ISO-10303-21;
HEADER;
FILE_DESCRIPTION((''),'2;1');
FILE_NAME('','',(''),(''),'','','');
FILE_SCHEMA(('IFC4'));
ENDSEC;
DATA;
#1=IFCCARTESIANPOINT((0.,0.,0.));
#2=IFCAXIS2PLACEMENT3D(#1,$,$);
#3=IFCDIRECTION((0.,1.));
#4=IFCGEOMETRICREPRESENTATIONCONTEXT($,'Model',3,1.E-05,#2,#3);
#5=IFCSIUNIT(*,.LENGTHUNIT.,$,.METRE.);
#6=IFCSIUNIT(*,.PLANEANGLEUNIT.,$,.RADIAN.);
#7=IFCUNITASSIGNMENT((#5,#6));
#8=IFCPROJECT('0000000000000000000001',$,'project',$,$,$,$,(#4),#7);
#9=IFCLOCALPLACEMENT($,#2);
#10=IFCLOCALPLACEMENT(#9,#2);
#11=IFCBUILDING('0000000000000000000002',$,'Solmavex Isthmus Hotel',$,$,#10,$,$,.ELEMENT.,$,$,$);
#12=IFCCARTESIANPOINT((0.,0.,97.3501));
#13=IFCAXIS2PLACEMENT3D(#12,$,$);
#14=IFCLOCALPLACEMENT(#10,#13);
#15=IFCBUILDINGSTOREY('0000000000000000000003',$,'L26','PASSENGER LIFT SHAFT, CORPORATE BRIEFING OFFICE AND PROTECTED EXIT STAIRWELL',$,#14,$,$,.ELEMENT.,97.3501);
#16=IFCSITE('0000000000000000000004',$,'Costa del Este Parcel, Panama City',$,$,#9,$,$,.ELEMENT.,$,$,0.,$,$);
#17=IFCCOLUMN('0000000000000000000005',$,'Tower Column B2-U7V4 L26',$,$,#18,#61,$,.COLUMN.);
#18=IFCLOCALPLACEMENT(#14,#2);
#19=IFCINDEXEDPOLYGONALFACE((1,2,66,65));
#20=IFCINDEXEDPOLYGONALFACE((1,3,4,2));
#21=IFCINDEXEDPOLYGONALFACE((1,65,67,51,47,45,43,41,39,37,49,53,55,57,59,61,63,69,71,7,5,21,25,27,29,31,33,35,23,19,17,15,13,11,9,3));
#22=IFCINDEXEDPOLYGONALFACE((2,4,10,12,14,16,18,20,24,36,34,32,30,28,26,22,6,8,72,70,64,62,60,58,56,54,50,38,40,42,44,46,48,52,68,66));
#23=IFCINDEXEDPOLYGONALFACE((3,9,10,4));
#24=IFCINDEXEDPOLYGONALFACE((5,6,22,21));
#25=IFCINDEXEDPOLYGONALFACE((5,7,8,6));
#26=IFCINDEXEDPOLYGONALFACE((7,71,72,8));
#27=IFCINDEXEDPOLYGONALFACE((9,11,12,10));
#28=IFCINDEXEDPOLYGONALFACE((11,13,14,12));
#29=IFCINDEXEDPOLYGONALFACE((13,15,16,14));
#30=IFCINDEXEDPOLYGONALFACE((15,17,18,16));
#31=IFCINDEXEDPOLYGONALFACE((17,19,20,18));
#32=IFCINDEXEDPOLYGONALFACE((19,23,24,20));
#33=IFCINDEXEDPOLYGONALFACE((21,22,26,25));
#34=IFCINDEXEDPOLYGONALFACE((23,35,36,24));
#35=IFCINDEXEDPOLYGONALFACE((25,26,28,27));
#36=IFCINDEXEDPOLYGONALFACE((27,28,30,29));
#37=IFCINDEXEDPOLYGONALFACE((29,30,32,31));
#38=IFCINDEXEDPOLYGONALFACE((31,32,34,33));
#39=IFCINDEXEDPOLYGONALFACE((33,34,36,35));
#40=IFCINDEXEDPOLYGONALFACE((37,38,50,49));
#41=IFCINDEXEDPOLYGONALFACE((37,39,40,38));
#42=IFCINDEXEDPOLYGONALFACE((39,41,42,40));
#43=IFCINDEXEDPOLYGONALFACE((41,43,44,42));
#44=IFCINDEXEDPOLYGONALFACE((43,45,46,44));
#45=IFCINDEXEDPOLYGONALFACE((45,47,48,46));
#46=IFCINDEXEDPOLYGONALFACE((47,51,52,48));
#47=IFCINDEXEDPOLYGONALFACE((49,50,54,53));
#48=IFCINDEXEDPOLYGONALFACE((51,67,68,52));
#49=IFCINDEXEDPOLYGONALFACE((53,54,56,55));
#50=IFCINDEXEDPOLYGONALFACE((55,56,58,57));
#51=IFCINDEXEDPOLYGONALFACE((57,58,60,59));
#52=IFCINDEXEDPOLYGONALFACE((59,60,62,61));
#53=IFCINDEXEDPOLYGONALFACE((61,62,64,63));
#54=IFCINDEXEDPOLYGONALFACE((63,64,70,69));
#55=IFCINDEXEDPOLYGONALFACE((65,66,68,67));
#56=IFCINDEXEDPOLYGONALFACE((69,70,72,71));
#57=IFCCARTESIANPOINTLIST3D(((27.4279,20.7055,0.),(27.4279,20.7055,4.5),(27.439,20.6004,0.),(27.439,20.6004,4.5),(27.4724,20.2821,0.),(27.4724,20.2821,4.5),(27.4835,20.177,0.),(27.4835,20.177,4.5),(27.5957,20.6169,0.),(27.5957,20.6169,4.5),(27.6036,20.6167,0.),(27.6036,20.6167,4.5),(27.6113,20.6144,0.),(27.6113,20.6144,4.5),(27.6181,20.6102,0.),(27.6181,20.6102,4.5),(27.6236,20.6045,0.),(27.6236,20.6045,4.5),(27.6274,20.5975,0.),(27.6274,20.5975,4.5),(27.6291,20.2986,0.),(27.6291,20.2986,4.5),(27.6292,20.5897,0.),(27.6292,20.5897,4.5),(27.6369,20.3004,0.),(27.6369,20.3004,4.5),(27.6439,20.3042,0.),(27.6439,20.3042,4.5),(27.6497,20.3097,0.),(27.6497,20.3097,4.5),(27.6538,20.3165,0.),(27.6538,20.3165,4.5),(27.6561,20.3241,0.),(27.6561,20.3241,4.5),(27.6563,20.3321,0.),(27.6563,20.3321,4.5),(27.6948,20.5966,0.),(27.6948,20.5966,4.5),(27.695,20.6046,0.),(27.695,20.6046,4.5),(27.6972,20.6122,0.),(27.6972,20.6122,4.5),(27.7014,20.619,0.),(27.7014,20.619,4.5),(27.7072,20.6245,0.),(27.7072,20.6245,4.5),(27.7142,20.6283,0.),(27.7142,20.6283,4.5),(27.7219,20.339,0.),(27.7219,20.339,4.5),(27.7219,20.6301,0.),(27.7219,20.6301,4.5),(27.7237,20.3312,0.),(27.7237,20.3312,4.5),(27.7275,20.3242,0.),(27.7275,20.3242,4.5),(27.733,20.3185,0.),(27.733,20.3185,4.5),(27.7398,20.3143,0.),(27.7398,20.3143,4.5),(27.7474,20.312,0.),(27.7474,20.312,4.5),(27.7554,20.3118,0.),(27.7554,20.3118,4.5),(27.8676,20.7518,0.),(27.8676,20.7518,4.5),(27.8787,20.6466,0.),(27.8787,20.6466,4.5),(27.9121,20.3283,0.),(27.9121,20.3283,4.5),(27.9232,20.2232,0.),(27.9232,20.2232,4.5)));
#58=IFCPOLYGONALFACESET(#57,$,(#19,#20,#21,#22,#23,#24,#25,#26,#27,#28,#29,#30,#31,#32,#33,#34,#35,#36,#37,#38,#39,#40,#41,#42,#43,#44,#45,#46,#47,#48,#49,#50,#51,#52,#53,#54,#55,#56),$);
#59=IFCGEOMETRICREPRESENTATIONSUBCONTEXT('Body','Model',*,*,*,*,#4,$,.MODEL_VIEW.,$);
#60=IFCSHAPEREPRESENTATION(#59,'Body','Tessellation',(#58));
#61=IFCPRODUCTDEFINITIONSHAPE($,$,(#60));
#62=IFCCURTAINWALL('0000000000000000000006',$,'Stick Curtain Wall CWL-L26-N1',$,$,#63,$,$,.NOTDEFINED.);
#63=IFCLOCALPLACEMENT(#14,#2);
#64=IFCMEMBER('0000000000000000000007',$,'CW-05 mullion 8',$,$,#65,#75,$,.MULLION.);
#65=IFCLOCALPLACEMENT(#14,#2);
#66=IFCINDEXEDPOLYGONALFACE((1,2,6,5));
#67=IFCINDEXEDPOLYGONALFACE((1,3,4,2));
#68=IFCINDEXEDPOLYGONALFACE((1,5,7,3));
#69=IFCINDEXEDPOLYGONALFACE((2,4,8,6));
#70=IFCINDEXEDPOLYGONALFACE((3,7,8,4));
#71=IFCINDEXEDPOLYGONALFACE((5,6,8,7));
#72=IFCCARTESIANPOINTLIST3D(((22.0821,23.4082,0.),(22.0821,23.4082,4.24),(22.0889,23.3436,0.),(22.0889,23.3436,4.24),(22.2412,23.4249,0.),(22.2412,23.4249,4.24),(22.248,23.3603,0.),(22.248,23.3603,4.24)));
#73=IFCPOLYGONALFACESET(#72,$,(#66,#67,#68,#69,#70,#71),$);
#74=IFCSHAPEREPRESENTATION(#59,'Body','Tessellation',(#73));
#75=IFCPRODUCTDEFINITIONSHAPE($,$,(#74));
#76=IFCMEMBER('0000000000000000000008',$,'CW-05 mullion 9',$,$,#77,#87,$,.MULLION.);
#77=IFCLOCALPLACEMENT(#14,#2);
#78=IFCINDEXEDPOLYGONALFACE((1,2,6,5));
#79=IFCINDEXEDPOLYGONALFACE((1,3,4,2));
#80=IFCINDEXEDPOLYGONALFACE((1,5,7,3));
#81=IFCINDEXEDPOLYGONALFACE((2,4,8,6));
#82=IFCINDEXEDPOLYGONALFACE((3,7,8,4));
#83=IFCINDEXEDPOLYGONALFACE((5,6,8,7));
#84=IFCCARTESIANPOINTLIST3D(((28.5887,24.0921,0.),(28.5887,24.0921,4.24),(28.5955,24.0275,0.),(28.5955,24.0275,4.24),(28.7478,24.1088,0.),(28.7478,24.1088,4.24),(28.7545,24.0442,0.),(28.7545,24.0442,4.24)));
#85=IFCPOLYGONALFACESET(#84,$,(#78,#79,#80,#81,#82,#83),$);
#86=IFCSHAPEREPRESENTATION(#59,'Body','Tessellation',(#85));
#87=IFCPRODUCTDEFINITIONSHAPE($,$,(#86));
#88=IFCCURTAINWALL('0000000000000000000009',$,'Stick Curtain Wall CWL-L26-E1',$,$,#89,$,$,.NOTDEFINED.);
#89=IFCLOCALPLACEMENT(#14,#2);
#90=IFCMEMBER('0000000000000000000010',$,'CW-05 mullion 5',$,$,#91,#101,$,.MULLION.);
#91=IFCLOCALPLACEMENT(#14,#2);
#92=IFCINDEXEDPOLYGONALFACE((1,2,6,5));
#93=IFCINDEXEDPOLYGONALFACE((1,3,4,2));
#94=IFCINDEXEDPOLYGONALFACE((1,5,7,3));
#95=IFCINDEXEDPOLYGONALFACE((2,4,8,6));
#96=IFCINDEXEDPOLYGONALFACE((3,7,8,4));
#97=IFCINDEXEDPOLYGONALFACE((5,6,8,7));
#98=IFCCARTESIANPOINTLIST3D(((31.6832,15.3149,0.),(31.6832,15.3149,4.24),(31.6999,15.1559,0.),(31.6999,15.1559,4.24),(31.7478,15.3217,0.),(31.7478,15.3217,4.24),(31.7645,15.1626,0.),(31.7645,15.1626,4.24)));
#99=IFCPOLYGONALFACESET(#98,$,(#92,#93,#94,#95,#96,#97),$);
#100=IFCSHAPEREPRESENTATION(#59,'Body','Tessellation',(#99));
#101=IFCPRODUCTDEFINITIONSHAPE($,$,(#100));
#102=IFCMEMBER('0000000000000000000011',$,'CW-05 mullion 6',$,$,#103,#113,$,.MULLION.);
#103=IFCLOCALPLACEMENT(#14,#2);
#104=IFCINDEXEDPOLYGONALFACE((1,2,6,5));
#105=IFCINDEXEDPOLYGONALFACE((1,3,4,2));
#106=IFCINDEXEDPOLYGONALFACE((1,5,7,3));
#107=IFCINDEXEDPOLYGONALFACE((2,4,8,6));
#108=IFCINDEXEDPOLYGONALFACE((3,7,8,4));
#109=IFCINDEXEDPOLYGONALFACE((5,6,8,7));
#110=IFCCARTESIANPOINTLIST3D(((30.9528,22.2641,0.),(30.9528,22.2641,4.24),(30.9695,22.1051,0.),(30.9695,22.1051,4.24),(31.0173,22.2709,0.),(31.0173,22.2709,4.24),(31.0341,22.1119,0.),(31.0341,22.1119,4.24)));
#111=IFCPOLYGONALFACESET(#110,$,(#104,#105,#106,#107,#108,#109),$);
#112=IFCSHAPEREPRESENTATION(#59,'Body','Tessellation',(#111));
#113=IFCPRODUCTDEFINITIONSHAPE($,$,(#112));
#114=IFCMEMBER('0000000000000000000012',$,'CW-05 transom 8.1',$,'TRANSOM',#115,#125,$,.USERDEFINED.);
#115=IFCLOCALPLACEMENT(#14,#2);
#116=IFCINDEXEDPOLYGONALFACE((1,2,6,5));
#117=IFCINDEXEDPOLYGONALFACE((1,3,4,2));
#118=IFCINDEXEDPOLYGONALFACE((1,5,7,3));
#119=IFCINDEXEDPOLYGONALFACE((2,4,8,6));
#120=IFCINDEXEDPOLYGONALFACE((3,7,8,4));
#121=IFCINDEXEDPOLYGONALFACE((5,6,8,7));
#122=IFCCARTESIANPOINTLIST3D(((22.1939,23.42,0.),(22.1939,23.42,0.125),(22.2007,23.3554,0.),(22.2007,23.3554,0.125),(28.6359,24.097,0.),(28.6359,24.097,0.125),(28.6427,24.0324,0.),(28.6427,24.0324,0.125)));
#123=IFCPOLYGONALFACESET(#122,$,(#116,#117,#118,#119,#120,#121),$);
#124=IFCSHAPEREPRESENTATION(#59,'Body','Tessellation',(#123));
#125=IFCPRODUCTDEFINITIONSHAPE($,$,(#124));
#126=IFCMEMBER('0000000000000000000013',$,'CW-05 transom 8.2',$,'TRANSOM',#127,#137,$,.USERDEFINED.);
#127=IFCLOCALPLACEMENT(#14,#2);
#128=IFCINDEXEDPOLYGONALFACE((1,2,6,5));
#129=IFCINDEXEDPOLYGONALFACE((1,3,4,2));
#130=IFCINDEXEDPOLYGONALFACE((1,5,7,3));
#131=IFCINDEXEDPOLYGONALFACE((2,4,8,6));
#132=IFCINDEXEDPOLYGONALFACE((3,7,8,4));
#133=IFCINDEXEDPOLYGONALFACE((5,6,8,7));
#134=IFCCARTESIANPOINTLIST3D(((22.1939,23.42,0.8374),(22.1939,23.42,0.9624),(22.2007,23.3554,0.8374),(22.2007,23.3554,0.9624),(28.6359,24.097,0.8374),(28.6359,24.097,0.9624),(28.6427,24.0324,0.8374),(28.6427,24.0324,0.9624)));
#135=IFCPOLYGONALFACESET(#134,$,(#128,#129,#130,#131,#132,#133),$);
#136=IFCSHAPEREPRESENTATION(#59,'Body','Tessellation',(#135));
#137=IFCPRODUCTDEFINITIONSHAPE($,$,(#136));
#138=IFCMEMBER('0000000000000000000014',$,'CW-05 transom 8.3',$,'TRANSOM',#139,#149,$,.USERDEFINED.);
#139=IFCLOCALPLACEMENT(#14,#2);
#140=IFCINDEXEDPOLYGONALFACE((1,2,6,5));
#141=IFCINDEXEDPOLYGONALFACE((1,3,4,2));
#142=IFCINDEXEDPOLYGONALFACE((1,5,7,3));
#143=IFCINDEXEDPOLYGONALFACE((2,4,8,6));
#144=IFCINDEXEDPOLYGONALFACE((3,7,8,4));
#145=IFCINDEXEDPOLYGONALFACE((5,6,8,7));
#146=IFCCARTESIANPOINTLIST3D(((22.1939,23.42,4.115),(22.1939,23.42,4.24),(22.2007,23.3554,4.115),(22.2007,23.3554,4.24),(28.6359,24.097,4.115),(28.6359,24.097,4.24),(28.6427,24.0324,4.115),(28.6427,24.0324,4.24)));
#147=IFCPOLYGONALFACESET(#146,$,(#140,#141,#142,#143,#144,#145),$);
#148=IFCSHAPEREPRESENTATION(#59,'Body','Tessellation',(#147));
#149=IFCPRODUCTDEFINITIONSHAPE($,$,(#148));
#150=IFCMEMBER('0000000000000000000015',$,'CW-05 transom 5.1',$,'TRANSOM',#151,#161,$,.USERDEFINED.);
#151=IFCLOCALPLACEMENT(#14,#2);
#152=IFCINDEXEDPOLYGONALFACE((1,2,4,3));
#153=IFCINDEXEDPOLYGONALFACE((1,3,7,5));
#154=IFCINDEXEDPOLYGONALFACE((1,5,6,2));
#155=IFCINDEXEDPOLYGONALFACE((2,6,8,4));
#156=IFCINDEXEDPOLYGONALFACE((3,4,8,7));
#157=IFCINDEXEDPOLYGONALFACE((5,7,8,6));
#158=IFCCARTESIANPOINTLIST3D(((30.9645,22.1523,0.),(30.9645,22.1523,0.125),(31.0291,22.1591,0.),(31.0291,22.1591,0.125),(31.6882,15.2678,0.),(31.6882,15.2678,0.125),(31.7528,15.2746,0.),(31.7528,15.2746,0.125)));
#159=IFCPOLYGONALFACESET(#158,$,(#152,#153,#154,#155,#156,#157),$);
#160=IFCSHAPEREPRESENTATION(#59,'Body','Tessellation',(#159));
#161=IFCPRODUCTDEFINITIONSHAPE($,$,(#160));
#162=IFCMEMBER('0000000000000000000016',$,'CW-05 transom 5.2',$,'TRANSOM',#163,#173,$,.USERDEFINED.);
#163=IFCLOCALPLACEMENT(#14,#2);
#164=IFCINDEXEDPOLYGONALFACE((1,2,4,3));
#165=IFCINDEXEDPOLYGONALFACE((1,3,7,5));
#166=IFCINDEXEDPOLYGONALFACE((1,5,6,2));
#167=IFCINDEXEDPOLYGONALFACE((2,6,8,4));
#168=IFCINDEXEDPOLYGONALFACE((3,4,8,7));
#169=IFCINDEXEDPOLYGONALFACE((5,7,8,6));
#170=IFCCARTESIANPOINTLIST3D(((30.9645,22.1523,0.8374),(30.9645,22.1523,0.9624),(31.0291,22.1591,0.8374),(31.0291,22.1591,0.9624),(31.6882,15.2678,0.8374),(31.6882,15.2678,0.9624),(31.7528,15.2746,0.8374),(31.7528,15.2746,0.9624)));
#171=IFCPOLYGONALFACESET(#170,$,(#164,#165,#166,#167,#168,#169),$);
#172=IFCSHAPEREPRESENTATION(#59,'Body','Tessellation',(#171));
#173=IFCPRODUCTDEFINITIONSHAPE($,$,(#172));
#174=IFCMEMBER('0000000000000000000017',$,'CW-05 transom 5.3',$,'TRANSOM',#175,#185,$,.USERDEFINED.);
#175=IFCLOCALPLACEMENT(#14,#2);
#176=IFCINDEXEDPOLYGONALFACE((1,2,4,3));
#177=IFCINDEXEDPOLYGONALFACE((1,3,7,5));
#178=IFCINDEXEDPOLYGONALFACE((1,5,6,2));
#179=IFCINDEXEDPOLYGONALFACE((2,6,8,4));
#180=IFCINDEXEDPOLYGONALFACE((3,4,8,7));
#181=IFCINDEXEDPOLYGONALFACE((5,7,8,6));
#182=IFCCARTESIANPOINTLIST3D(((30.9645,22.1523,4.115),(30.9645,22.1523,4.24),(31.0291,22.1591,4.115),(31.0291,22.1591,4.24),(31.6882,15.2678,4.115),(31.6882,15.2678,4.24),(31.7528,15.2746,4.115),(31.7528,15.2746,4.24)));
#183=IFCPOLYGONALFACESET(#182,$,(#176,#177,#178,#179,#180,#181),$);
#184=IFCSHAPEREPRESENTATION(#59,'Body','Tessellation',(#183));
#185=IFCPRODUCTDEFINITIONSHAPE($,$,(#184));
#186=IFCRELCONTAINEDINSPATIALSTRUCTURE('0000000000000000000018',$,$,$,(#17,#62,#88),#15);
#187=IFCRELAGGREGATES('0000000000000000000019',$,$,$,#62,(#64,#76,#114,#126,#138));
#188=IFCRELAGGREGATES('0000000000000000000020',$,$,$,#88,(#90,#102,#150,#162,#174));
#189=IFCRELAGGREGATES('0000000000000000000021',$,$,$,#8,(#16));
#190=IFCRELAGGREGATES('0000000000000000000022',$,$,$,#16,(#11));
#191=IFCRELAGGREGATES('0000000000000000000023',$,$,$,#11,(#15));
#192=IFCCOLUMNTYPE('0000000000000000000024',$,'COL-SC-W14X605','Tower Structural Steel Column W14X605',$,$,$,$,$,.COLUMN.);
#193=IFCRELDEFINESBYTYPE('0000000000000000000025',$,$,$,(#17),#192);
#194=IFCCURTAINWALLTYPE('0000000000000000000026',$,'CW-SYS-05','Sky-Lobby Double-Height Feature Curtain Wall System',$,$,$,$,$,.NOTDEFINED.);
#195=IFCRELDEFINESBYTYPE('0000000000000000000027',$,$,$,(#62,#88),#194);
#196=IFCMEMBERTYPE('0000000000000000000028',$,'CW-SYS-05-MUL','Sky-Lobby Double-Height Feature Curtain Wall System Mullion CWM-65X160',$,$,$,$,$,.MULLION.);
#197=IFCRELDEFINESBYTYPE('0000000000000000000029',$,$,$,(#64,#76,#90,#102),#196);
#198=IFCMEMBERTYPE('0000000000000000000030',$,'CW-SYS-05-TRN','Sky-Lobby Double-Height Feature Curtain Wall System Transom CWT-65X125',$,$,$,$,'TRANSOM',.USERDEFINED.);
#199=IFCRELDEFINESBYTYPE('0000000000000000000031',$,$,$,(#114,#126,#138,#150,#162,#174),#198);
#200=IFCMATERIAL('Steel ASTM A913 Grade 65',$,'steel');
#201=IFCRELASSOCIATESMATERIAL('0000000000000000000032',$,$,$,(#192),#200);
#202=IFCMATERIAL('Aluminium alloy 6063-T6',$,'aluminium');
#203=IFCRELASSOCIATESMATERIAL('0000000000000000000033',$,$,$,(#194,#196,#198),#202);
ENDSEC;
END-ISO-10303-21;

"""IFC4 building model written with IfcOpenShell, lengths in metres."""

from ifc_helpers import new_model, si_unit, direction, frame, origin, origin_2d, place, context, subcontext, project, spatial, rectangle, i_section, extrude, material, material_profile, profile_set, type_object, element, aggregate, save


model = new_model("IFC4")

# Units and contexts
model_context = context("Model", 3, precision=1e-05, world=origin(), true_north=direction((0.0, 1.0)))
body_context = subcontext(model_context, "Body", "Model", "MODEL_VIEW")
ifc_project = project(units=[si_unit("LENGTHUNIT", "METRE"), si_unit("PLANEANGLEUNIT", "RADIAN")], contexts=[model_context])

# Site, building, storey
site_placement = place(None, origin())
site = spatial("IfcSite", under=ifc_project, at=site_placement, Name="Costa del Este Parcel, Panama City", CompositionType="ELEMENT", RefElevation=0.0)
building_placement = place(site_placement, origin())
building = spatial("IfcBuilding", under=site, at=building_placement, Name="Solmavex Isthmus Hotel", CompositionType="ELEMENT")
storey_placement = place(building_placement, frame((0.0, 0.0, 97.3501)))
storey = spatial("IfcBuildingStorey", under=building, at=storey_placement, Name="L26", Description="PASSENGER LIFT SHAFT, CORPORATE BRIEFING OFFICE AND PROTECTED EXIT STAIRWELL", CompositionType="ELEMENT", Elevation=97.3501)

# Column
ifc_material_1 = material(Name="Steel ASTM A913 Grade 65", Category="steel")
ifc_material_profile_1 = material_profile(ifc_material_1, i_section(OverallWidth=0.4421, OverallDepth=0.5315, WebThickness=0.0659, FlangeThickness=0.1057, FilletRadius=0.0305, at=origin_2d()), Name="W14X605")
ifc_profile_set_1 = profile_set([ifc_material_profile_1], Name="Steel ASTM A913 Grade 65")
column_type = type_object("IfcColumnType", Name="COL-SC-W14X605", Description="Tower Structural Steel Column W14X605", PredefinedType="COLUMN", material=ifc_profile_set_1)
column_placement = place(storey_placement, frame((27.6755, 20.4644, 0.0), z_axis=(0.0, 0.0, 1.0), x_axis=(0.994522, 0.104528, 0.0)))
element("IfcColumn", 1, at=column_placement, inside=storey, type_object=column_type, Name="Tower Column B2-U7V4 L26", PredefinedType="COLUMN", context=body_context, shape_type="SweptSolid", body=[
    extrude(i_section(OverallWidth=0.4421, OverallDepth=0.5315, WebThickness=0.0659, FlangeThickness=0.1057, FilletRadius=0.0305, at=origin_2d()), origin(), (0.0, 0.0, 1.0), 4.5),
])

# Curtain walls, members
ifc_material_2 = material(Name="Aluminium alloy 6063-T6", Category="aluminium")
curtain_wall_type = type_object("IfcCurtainWallType", Name="CW-SYS-05", Description="Sky-Lobby Double-Height Feature Curtain Wall System", PredefinedType="NOTDEFINED", material=ifc_material_2)
curtain_wall_1_placement = place(storey_placement, origin())
curtain_wall_1 = element("IfcCurtainWall", 2, at=curtain_wall_1_placement, inside=storey, type_object=curtain_wall_type, Name="Stick Curtain Wall CWL-L26-N1", PredefinedType="NOTDEFINED")
ifc_material_profile_2 = material_profile(ifc_material_2, rectangle(XDim=0.0649, YDim=0.1599, at=origin_2d()), Name="CWM-65X160")
ifc_profile_set_2 = profile_set([ifc_material_profile_2], Name="Aluminium alloy 6063-T6")
member_type_1 = type_object("IfcMemberType", Name="CW-SYS-05-MUL", Description="Sky-Lobby Double-Height Feature Curtain Wall System Mullion CWM-65X160", PredefinedType="MULLION", material=ifc_profile_set_2)
member_1_placement = place(storey_placement, frame((22.165, 23.3843, 0.0), z_axis=(0.0, 0.0, 1.0), x_axis=(-0.104528, 0.994522, 0.0)))
member_1 = element("IfcMember", 3, at=member_1_placement, type_object=member_type_1, Name="CW-05 mullion 8", PredefinedType="MULLION", context=body_context, shape_type="SweptSolid", body=[
    extrude(rectangle(XDim=0.0649, YDim=0.1599, at=origin_2d()), origin(), (0.0, 0.0, 1.0), 4.24),
])
member_2_placement = place(storey_placement, frame((28.6716, 24.0681, 0.0), z_axis=(0.0, 0.0, 1.0), x_axis=(-0.104528, 0.994522, 0.0)))
member_2 = element("IfcMember", 4, at=member_2_placement, type_object=member_type_1, Name="CW-05 mullion 9", PredefinedType="MULLION", context=body_context, shape_type="SweptSolid", body=[
    extrude(rectangle(XDim=0.0649, YDim=0.1599, at=origin_2d()), origin(), (0.0, 0.0, 1.0), 4.24),
])
curtain_wall_2_placement = place(storey_placement, origin())
curtain_wall_2 = element("IfcCurtainWall", 5, at=curtain_wall_2_placement, inside=storey, type_object=curtain_wall_type, Name="Stick Curtain Wall CWL-L26-E1", PredefinedType="NOTDEFINED")
member_3_placement = place(storey_placement, frame((31.7239, 15.2388, 0.0), z_axis=(0.0, 0.0, 1.0), x_axis=(-0.994522, -0.104528, 0.0)))
member_3 = element("IfcMember", 6, at=member_3_placement, type_object=member_type_1, Name="CW-05 mullion 5", PredefinedType="MULLION", context=body_context, shape_type="SweptSolid", body=[
    extrude(rectangle(XDim=0.0649, YDim=0.1599, at=origin_2d()), origin(), (0.0, 0.0, 1.0), 4.24),
])
member_4_placement = place(storey_placement, frame((30.9934, 22.188, 0.0), z_axis=(0.0, 0.0, 1.0), x_axis=(-0.994522, -0.104528, 0.0)))
member_4 = element("IfcMember", 7, at=member_4_placement, type_object=member_type_1, Name="CW-05 mullion 6", PredefinedType="MULLION", context=body_context, shape_type="SweptSolid", body=[
    extrude(rectangle(XDim=0.0649, YDim=0.1599, at=origin_2d()), origin(), (0.0, 0.0, 1.0), 4.24),
])

# Members
ifc_material_profile_3 = material_profile(ifc_material_2, rectangle(XDim=0.0649, YDim=0.125, at=origin_2d()), Name="CWT-65X125")
ifc_profile_set_3 = profile_set([ifc_material_profile_3], Name="Aluminium alloy 6063-T6")
member_type_2 = type_object("IfcMemberType", Name="CW-SYS-05-TRN", Description="Sky-Lobby Double-Height Feature Curtain Wall System Transom CWT-65X125", ElementType="TRANSOM", PredefinedType="USERDEFINED", material=ifc_profile_set_3)
member_5_placement = place(storey_placement, frame((22.1973, 23.3877, 0.0625), z_axis=(0.994523, 0.104514, 0.0), x_axis=(-0.104514, 0.994523, 0.0)))
member_5 = element("IfcMember", 8, at=member_5_placement, type_object=member_type_2, Name="CW-05 transom 8.1", ObjectType="TRANSOM", PredefinedType="USERDEFINED", context=body_context, shape_type="SweptSolid", body=[
    extrude(rectangle(XDim=0.0649, YDim=0.125, at=origin_2d()), origin(), (0.0, 0.0, 1.0), 6.4775),
])
member_6_placement = place(storey_placement, frame((22.1973, 23.3877, 0.8999), z_axis=(0.994523, 0.104514, 0.0), x_axis=(-0.104514, 0.994523, 0.0)))
member_6 = element("IfcMember", 9, at=member_6_placement, type_object=member_type_2, Name="CW-05 transom 8.2", ObjectType="TRANSOM", PredefinedType="USERDEFINED", context=body_context, shape_type="SweptSolid", body=[
    extrude(rectangle(XDim=0.0649, YDim=0.125, at=origin_2d()), origin(), (0.0, 0.0, 1.0), 6.4775),
])
member_7_placement = place(storey_placement, frame((22.1973, 23.3877, 4.1775), z_axis=(0.994523, 0.104514, 0.0), x_axis=(-0.104514, 0.994523, 0.0)))
member_7 = element("IfcMember", 10, at=member_7_placement, type_object=member_type_2, Name="CW-05 transom 8.3", ObjectType="TRANSOM", PredefinedType="USERDEFINED", context=body_context, shape_type="SweptSolid", body=[
    extrude(rectangle(XDim=0.0649, YDim=0.125, at=origin_2d()), origin(), (0.0, 0.0, 1.0), 6.4775),
])
member_8_placement = place(storey_placement, frame((31.7205, 15.2712, 0.0625), z_axis=(-0.104534, 0.994521, 0.0), x_axis=(-0.994521, -0.104534, 0.0)))
member_8 = element("IfcMember", 11, at=member_8_placement, type_object=member_type_2, Name="CW-05 transom 5.1", ObjectType="TRANSOM", PredefinedType="USERDEFINED", context=body_context, shape_type="SweptSolid", body=[
    extrude(rectangle(XDim=0.0649, YDim=0.125, at=origin_2d()), origin(), (0.0, 0.0, 1.0), 6.9224),
])
member_9_placement = place(storey_placement, frame((31.7205, 15.2712, 0.8999), z_axis=(-0.104534, 0.994521, 0.0), x_axis=(-0.994521, -0.104534, 0.0)))
member_9 = element("IfcMember", 12, at=member_9_placement, type_object=member_type_2, Name="CW-05 transom 5.2", ObjectType="TRANSOM", PredefinedType="USERDEFINED", context=body_context, shape_type="SweptSolid", body=[
    extrude(rectangle(XDim=0.0649, YDim=0.125, at=origin_2d()), origin(), (0.0, 0.0, 1.0), 6.9224),
])
member_10_placement = place(storey_placement, frame((31.7205, 15.2712, 4.1775), z_axis=(-0.104534, 0.994521, 0.0), x_axis=(-0.994521, -0.104534, 0.0)))
member_10 = element("IfcMember", 13, at=member_10_placement, type_object=member_type_2, Name="CW-05 transom 5.3", ObjectType="TRANSOM", PredefinedType="USERDEFINED", context=body_context, shape_type="SweptSolid", body=[
    extrude(rectangle(XDim=0.0649, YDim=0.125, at=origin_2d()), origin(), (0.0, 0.0, 1.0), 6.9224),
])

aggregate(curtain_wall_1, [member_1, member_2, member_5, member_6, member_7])
aggregate(curtain_wall_2, [member_3, member_4, member_8, member_9, member_10])

save(model, "model.ifc")
